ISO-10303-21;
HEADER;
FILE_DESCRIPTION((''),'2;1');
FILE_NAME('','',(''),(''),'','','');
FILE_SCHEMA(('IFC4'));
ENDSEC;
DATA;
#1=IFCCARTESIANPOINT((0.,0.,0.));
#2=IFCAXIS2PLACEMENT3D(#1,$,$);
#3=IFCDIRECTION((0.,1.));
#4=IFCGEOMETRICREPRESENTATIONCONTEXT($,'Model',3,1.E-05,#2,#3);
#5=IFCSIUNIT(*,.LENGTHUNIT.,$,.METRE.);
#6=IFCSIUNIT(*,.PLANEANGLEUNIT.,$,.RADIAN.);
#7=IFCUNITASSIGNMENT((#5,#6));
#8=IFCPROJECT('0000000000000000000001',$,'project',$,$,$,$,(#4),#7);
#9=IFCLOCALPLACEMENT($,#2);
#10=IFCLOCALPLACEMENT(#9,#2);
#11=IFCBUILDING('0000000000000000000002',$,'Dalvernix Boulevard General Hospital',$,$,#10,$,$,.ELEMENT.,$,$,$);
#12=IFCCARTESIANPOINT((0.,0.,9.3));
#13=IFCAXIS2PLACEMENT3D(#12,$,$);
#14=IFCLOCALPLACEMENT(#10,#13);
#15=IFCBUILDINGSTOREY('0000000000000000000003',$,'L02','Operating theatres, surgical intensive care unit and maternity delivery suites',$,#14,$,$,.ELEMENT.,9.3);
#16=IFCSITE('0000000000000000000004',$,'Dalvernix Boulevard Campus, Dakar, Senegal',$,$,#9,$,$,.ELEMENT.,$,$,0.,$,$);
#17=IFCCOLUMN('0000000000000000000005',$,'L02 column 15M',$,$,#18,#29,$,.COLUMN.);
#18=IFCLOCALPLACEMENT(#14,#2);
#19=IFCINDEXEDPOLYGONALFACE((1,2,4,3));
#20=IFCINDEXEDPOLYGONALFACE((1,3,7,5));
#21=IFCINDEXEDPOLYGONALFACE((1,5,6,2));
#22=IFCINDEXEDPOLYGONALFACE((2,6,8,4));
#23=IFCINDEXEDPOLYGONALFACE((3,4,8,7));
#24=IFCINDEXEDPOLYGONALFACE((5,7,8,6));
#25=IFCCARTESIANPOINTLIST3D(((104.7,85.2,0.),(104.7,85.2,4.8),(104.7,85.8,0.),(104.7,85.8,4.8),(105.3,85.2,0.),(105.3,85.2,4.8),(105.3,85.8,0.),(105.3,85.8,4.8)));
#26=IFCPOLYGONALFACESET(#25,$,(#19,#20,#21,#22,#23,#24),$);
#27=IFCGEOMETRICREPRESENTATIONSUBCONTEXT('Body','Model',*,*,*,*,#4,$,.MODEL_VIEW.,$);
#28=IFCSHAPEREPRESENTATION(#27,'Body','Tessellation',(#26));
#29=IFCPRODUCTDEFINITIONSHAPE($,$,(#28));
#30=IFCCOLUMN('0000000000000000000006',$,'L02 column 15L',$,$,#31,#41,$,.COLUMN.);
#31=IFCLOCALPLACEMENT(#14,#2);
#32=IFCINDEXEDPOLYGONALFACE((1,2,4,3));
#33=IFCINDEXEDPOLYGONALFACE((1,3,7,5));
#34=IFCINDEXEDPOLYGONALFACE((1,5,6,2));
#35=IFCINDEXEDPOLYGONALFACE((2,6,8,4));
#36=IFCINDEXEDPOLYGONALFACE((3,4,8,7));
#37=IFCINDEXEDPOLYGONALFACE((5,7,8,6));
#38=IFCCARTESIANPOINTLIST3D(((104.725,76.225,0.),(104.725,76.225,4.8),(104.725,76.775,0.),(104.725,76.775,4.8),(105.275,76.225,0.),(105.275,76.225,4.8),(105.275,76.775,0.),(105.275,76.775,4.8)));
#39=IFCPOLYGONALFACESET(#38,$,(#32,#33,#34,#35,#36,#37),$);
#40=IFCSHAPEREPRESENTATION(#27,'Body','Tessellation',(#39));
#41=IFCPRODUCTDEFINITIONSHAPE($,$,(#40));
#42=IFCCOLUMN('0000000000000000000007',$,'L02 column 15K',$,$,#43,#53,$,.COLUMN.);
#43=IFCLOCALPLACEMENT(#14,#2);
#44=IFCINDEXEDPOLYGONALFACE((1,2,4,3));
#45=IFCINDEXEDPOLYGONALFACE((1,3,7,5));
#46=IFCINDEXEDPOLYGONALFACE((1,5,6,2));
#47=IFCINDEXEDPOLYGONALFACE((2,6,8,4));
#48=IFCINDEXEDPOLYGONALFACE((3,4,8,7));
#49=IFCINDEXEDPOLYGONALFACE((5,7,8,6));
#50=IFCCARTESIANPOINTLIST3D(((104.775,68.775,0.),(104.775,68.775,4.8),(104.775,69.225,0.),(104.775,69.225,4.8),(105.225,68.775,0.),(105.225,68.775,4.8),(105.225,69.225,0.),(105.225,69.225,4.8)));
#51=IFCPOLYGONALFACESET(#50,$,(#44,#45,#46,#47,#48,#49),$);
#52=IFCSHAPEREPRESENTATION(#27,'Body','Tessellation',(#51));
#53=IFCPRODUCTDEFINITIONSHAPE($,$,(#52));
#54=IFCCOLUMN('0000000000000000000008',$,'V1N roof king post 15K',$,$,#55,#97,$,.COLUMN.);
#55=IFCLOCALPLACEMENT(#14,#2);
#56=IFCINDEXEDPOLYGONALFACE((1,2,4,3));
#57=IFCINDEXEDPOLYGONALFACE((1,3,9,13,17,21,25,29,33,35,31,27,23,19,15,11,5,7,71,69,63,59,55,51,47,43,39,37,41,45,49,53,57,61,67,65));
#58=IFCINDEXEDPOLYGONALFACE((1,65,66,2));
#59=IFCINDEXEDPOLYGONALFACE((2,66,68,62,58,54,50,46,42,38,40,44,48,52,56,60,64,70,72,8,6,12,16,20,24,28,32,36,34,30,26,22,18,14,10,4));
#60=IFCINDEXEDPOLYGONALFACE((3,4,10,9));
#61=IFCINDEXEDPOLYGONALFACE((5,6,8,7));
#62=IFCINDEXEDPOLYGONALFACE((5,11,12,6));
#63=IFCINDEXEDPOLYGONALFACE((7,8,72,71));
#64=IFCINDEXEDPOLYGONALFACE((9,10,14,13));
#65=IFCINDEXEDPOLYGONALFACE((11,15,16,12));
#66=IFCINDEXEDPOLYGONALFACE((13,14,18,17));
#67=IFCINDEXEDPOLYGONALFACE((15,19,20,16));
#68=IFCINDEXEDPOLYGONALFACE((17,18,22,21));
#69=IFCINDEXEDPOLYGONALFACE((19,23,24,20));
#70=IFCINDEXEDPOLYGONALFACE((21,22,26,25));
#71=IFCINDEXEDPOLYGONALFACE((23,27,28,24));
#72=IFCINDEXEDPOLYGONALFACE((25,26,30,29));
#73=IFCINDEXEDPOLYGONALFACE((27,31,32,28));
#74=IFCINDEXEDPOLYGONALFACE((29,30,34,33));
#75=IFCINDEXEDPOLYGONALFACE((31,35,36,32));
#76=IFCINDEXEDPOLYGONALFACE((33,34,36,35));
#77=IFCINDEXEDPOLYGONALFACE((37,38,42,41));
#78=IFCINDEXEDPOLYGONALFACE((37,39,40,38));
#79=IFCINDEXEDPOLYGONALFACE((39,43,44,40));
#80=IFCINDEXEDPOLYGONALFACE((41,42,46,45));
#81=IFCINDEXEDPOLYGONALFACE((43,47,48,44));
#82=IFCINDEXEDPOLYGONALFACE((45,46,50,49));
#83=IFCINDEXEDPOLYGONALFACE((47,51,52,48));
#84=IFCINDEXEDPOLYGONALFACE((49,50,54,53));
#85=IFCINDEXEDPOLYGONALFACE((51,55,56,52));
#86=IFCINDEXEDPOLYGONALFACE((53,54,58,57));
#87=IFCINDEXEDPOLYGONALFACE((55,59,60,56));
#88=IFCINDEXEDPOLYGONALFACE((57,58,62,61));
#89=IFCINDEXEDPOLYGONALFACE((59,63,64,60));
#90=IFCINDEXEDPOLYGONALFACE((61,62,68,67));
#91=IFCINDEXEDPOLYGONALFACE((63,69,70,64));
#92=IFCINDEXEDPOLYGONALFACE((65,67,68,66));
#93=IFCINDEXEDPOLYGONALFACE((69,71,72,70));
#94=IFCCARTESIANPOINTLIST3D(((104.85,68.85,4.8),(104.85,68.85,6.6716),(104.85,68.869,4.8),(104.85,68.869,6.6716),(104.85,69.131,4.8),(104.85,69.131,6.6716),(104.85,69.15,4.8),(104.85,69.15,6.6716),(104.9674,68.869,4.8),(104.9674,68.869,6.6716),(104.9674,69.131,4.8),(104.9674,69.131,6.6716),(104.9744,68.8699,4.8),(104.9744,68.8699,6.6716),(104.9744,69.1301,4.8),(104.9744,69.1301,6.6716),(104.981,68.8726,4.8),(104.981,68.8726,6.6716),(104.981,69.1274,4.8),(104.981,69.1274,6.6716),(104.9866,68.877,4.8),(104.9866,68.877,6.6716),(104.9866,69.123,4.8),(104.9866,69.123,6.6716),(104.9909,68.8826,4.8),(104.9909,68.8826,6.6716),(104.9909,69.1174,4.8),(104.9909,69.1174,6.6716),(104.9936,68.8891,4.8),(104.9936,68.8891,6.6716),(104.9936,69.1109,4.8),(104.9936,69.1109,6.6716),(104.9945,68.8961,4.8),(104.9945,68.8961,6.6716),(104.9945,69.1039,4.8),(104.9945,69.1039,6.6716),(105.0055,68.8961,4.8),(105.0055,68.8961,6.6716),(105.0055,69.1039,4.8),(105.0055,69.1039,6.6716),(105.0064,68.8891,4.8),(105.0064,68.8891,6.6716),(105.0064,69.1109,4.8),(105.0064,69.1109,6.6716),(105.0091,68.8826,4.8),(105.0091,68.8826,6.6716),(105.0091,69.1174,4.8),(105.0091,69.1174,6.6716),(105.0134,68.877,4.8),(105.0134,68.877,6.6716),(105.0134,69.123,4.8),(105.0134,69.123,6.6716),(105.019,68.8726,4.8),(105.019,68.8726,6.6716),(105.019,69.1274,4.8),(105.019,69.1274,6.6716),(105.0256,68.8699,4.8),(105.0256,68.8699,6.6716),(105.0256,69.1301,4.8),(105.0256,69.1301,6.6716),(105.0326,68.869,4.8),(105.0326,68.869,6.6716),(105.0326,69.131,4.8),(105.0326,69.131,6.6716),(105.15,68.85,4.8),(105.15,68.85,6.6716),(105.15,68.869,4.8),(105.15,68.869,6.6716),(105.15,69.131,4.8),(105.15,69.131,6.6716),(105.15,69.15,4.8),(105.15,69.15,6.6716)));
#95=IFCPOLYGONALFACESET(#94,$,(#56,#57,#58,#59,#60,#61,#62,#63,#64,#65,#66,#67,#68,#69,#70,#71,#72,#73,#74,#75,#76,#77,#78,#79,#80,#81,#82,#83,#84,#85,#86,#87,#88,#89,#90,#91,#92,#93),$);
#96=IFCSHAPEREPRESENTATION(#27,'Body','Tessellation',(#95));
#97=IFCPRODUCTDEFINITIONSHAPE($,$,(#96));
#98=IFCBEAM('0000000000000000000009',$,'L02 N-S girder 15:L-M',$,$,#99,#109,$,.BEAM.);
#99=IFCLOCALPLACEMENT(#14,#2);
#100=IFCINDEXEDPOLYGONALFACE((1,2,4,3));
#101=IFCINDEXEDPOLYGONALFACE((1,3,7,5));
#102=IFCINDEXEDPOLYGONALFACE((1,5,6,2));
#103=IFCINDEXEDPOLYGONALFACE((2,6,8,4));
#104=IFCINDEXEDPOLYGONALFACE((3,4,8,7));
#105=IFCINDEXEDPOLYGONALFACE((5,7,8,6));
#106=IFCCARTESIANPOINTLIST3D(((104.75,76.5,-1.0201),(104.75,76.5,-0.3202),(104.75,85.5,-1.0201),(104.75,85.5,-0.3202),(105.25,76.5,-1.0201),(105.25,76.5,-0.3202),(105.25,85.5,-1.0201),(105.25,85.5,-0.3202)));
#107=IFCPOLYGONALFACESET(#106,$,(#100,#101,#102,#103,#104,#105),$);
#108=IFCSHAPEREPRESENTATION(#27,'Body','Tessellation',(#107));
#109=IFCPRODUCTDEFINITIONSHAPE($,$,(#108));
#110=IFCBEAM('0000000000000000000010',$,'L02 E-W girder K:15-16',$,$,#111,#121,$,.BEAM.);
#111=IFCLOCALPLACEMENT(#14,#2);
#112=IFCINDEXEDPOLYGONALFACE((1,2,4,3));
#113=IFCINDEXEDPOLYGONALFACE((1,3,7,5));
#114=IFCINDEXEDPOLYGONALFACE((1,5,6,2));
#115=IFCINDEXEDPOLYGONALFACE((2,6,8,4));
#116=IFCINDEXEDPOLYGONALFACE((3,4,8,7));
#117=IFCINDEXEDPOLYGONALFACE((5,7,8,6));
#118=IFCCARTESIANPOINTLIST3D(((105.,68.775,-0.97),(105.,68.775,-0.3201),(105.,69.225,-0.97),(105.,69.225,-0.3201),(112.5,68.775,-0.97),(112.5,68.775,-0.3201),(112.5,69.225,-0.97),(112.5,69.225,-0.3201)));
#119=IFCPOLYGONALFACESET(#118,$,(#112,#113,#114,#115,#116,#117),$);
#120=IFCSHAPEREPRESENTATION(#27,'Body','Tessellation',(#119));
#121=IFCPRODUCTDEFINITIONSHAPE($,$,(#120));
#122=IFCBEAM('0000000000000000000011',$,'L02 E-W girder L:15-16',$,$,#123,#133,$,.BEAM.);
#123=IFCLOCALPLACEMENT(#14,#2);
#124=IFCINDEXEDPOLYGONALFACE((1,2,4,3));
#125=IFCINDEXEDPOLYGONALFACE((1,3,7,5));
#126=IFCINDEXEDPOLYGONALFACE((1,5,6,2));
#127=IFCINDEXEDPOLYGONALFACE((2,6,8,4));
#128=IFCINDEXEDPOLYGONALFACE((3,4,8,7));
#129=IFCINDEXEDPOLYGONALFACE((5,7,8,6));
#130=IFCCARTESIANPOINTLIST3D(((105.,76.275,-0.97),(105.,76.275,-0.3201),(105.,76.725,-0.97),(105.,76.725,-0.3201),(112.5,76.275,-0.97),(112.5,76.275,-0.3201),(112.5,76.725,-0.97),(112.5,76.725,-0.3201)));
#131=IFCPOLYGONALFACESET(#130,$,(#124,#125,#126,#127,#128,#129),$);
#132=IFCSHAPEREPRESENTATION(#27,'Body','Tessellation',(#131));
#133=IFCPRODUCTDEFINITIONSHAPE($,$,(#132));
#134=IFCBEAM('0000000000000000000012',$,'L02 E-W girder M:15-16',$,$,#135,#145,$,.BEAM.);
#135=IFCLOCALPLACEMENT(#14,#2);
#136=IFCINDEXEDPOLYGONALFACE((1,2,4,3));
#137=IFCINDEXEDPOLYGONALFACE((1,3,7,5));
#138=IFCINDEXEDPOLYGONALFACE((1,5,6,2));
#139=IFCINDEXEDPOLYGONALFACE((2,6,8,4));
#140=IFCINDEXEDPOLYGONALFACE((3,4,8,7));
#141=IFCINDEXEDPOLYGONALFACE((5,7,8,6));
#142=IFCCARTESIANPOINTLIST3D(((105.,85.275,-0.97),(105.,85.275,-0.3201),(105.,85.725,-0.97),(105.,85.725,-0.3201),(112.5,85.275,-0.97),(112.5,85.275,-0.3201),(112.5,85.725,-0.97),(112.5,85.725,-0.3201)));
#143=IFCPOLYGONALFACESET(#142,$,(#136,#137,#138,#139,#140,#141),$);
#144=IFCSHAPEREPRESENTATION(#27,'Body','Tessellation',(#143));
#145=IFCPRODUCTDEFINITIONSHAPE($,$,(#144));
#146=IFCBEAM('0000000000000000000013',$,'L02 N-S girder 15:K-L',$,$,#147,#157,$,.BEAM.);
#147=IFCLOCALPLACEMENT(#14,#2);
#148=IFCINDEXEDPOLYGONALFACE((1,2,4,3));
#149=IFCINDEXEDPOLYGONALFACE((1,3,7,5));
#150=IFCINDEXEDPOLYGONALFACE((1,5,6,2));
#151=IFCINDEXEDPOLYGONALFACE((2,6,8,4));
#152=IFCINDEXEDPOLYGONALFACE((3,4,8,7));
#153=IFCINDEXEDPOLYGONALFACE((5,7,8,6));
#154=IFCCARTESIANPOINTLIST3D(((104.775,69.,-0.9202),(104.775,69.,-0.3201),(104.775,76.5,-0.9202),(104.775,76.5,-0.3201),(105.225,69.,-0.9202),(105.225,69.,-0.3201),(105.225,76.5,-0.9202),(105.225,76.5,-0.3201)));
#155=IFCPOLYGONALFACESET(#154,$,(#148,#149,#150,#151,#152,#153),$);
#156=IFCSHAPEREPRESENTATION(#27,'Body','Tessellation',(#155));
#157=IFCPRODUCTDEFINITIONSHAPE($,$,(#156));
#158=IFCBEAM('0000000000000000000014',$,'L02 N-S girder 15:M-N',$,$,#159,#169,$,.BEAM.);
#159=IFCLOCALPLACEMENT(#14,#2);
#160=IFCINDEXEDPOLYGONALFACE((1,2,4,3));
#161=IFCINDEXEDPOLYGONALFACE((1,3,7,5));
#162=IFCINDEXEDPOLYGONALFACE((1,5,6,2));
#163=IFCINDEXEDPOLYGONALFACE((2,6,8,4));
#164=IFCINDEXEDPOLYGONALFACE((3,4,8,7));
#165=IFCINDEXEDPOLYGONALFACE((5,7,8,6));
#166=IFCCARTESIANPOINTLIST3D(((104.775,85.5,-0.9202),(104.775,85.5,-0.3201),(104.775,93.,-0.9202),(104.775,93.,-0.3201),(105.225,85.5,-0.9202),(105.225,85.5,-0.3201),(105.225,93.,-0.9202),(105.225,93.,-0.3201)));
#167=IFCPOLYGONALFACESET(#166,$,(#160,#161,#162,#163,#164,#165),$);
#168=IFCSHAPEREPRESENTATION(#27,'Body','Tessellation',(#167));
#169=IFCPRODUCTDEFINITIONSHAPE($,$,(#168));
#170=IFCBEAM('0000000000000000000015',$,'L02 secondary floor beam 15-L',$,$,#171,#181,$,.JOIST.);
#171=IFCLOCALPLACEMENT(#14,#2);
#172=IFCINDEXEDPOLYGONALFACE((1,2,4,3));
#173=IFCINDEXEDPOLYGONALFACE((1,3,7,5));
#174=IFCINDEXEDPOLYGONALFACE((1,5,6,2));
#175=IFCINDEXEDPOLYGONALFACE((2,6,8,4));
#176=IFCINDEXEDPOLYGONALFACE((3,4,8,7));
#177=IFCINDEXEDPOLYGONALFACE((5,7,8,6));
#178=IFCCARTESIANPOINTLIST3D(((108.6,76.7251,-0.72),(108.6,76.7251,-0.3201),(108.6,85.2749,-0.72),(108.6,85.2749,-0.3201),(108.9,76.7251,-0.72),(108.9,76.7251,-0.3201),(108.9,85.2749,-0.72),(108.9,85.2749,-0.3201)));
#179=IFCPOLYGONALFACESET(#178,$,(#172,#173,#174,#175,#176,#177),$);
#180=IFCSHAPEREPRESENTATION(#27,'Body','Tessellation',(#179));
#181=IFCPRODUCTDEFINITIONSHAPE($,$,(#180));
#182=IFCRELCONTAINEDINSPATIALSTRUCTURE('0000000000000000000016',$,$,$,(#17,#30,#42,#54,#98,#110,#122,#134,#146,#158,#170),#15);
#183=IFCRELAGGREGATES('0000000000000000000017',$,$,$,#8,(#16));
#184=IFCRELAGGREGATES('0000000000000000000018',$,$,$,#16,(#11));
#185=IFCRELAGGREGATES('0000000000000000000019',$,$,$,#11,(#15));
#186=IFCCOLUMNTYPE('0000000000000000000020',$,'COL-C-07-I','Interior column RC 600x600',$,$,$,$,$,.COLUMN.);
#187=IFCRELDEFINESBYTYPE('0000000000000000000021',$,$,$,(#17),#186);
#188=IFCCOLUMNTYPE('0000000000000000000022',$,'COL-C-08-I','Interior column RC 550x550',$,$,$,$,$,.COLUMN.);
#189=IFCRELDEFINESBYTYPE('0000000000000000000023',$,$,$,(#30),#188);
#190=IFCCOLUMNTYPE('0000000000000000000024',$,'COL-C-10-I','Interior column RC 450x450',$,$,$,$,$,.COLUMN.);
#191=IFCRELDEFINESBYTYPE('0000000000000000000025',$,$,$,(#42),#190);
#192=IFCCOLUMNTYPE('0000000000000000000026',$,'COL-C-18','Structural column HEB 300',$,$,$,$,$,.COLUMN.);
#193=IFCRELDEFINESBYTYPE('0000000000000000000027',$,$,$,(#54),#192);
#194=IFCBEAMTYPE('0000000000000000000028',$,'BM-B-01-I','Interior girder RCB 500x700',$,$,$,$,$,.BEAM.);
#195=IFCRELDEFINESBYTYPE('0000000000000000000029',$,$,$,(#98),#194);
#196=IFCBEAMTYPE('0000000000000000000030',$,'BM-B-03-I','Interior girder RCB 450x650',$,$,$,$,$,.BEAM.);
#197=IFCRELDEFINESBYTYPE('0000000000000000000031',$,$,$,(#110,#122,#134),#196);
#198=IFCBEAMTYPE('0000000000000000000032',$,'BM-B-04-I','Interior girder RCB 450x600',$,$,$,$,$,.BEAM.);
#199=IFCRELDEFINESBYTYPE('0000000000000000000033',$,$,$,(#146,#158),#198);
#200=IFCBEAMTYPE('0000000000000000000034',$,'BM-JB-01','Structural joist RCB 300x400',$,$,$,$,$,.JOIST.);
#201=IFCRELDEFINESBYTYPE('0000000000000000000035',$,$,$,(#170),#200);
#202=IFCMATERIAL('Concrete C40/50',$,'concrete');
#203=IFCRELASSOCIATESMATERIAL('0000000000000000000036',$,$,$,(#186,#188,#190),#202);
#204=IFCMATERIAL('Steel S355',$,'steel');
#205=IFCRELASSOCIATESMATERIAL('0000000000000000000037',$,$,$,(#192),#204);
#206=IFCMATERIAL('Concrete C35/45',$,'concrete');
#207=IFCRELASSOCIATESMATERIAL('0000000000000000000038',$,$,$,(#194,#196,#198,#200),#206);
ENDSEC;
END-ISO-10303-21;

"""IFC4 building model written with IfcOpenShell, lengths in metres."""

from ifc_helpers import new_model, si_unit, direction, frame, origin, origin_2d, place, context, subcontext, project, spatial, rectangle, i_section, extrude, material, material_profile, profile_set, type_object, element, save


model = new_model("IFC4")

# Units and contexts
model_context = context("Model", 3, precision=1e-05, world=origin(), true_north=direction((0.0, 1.0)))
body_context = subcontext(model_context, "Body", "Model", "MODEL_VIEW")
ifc_project = project(units=[si_unit("LENGTHUNIT", "METRE"), si_unit("PLANEANGLEUNIT", "RADIAN")], contexts=[model_context])

# Site, building, storey
site_placement = place(None, origin())
site = spatial("IfcSite", under=ifc_project, at=site_placement, Name="Dalvernix Boulevard Campus, Dakar, Senegal", CompositionType="ELEMENT", RefElevation=0.0)
building_placement = place(site_placement, origin())
building = spatial("IfcBuilding", under=site, at=building_placement, Name="Dalvernix Boulevard General Hospital", CompositionType="ELEMENT")
storey_placement = place(building_placement, frame((0.0, 0.0, 9.3)))
storey = spatial("IfcBuildingStorey", under=building, at=storey_placement, Name="L02", Description="Operating theatres, surgical intensive care unit and maternity delivery suites", CompositionType="ELEMENT", Elevation=9.3)

# Columns
ifc_material_1 = material(Name="Concrete C40/50", Category="concrete")
ifc_material_profile_1 = material_profile(ifc_material_1, rectangle(XDim=0.6001, YDim=0.6001, at=origin_2d()), Name="RC 600x600")
ifc_profile_set_1 = profile_set([ifc_material_profile_1], Name="Concrete C40/50")
column_type_1 = type_object("IfcColumnType", Name="COL-C-07-I", Description="Interior column RC 600x600", PredefinedType="COLUMN", material=ifc_profile_set_1)
column_1_placement = place(storey_placement, frame((105.0, 85.5, 0.0), z_axis=(0.0, 0.0, 1.0), x_axis=(1.0, 0.0, 0.0)))
element("IfcColumn", 1, at=column_1_placement, inside=storey, type_object=column_type_1, Name="L02 column 15M", PredefinedType="COLUMN", context=body_context, shape_type="SweptSolid", body=[
    extrude(rectangle(XDim=0.6001, YDim=0.6001, at=origin_2d()), origin(), (0.0, 0.0, 1.0), 4.8),
])
ifc_material_profile_2 = material_profile(ifc_material_1, rectangle(XDim=0.55, YDim=0.55, at=origin_2d()), Name="RC 550x550")
ifc_profile_set_2 = profile_set([ifc_material_profile_2], Name="Concrete C40/50")
column_type_2 = type_object("IfcColumnType", Name="COL-C-08-I", Description="Interior column RC 550x550", PredefinedType="COLUMN", material=ifc_profile_set_2)
column_2_placement = place(storey_placement, frame((105.0, 76.5, 0.0), z_axis=(0.0, 0.0, 1.0), x_axis=(1.0, 0.0, 0.0)))
element("IfcColumn", 2, at=column_2_placement, inside=storey, type_object=column_type_2, Name="L02 column 15L", PredefinedType="COLUMN", context=body_context, shape_type="SweptSolid", body=[
    extrude(rectangle(XDim=0.55, YDim=0.55, at=origin_2d()), origin(), (0.0, 0.0, 1.0), 4.8),
])
ifc_material_profile_3 = material_profile(ifc_material_1, rectangle(XDim=0.45, YDim=0.45, at=origin_2d()), Name="RC 450x450")
ifc_profile_set_3 = profile_set([ifc_material_profile_3], Name="Concrete C40/50")
column_type_3 = type_object("IfcColumnType", Name="COL-C-10-I", Description="Interior column RC 450x450", PredefinedType="COLUMN", material=ifc_profile_set_3)
column_3_placement = place(storey_placement, frame((105.0, 69.0, 0.0), z_axis=(0.0, 0.0, 1.0), x_axis=(1.0, 0.0, 0.0)))
element("IfcColumn", 3, at=column_3_placement, inside=storey, type_object=column_type_3, Name="L02 column 15K", PredefinedType="COLUMN", context=body_context, shape_type="SweptSolid", body=[
    extrude(rectangle(XDim=0.45, YDim=0.45, at=origin_2d()), origin(), (0.0, 0.0, 1.0), 4.8),
])
ifc_material_2 = material(Name="Steel S355", Category="steel")
ifc_material_profile_4 = material_profile(ifc_material_2, i_section(OverallWidth=0.3, OverallDepth=0.3, WebThickness=0.011, FlangeThickness=0.019, FilletRadius=0.0271, at=origin_2d()), Name="HEB 300")
ifc_profile_set_4 = profile_set([ifc_material_profile_4], Name="Steel S355")
column_type_4 = type_object("IfcColumnType", Name="COL-C-18", Description="Structural column HEB 300", PredefinedType="COLUMN", material=ifc_profile_set_4)
column_4_placement = place(storey_placement, frame((105.0, 69.0, 4.8), z_axis=(0.0, 0.0, 1.0), x_axis=(1.0, 0.0, 0.0)))
element("IfcColumn", 4, at=column_4_placement, inside=storey, type_object=column_type_4, Name="V1N roof king post 15K", PredefinedType="COLUMN", context=body_context, shape_type="SweptSolid", body=[
    extrude(i_section(OverallWidth=0.3, OverallDepth=0.3, WebThickness=0.011, FlangeThickness=0.019, FilletRadius=0.0271, at=origin_2d()), origin(), (0.0, 0.0, 1.0), 1.8716),
])

# Beams
ifc_material_3 = material(Name="Concrete C35/45", Category="concrete")
ifc_material_profile_5 = material_profile(ifc_material_3, rectangle(XDim=0.5, YDim=0.7, at=origin_2d()), Name="RCB 500x700")
ifc_profile_set_5 = profile_set([ifc_material_profile_5], Name="Concrete C35/45")
beam_type_1 = type_object("IfcBeamType", Name="BM-B-01-I", Description="Interior girder RCB 500x700", PredefinedType="BEAM", material=ifc_profile_set_5)
beam_1_placement = place(storey_placement, frame((105.0, 76.5, -0.6702), z_axis=(0.0, 1.0, 0.0), x_axis=(-1.0, 0.0, 0.0)))
element("IfcBeam", 5, at=beam_1_placement, inside=storey, type_object=beam_type_1, Name="L02 N-S girder 15:L-M", PredefinedType="BEAM", context=body_context, shape_type="SweptSolid", body=[
    extrude(rectangle(XDim=0.5, YDim=0.7, at=origin_2d()), origin(), (0.0, 0.0, 1.0), 9.0),
])
ifc_material_profile_6 = material_profile(ifc_material_3, rectangle(XDim=0.45, YDim=0.6499, at=origin_2d()), Name="RCB 450x650")
ifc_profile_set_6 = profile_set([ifc_material_profile_6], Name="Concrete C35/45")
beam_type_2 = type_object("IfcBeamType", Name="BM-B-03-I", Description="Interior girder RCB 450x650", PredefinedType="BEAM", material=ifc_profile_set_6)
for number, where, z_axis, x_axis, name in (
    (6, (105.0, 69.0, -0.645), (1.0, 0.0, 0.0), (0.0, 1.0, 0.0), "L02 E-W girder K:15-16"),
    (7, (105.0, 76.5, -0.645), (1.0, 0.0, 0.0), (0.0, 1.0, 0.0), "L02 E-W girder L:15-16"),
    (8, (105.0, 85.5, -0.645), (1.0, 0.0, 0.0), (0.0, 1.0, 0.0), "L02 E-W girder M:15-16"),
):
    element("IfcBeam", number, at=place(storey_placement, frame(where, z_axis=z_axis, x_axis=x_axis)), inside=storey, type_object=beam_type_2, Name=name, PredefinedType="BEAM", context=body_context, shape_type="SweptSolid", body=[
        extrude(rectangle(XDim=0.45, YDim=0.6499, at=origin_2d()), origin(), (0.0, 0.0, 1.0), 7.5),
    ])
ifc_material_profile_7 = material_profile(ifc_material_3, rectangle(XDim=0.45, YDim=0.6001, at=origin_2d()), Name="RCB 450x600")
ifc_profile_set_7 = profile_set([ifc_material_profile_7], Name="Concrete C35/45")
beam_type_3 = type_object("IfcBeamType", Name="BM-B-04-I", Description="Interior girder RCB 450x600", PredefinedType="BEAM", material=ifc_profile_set_7)
for number, where, z_axis, x_axis, name in (
    (9, (105.0, 69.0, -0.6201), (0.0, 1.0, 0.0), (-1.0, 0.0, 0.0), "L02 N-S girder 15:K-L"),
    (10, (105.0, 85.5, -0.6201), (0.0, 1.0, 0.0), (-1.0, 0.0, 0.0), "L02 N-S girder 15:M-N"),
):
    element("IfcBeam", number, at=place(storey_placement, frame(where, z_axis=z_axis, x_axis=x_axis)), inside=storey, type_object=beam_type_3, Name=name, PredefinedType="BEAM", context=body_context, shape_type="SweptSolid", body=[
        extrude(rectangle(XDim=0.45, YDim=0.6001, at=origin_2d()), origin(), (0.0, 0.0, 1.0), 7.5),
    ])
ifc_material_profile_8 = material_profile(ifc_material_3, rectangle(XDim=0.3, YDim=0.3999, at=origin_2d()), Name="RCB 300x400")
ifc_profile_set_8 = profile_set([ifc_material_profile_8], Name="Concrete C35/45")
beam_type_4 = type_object("IfcBeamType", Name="BM-JB-01", Description="Structural joist RCB 300x400", PredefinedType="JOIST", material=ifc_profile_set_8)
beam_2_placement = place(storey_placement, frame((108.75, 76.7251, -0.52), z_axis=(0.0, 1.0, 0.0), x_axis=(-1.0, 0.0, 0.0)))
element("IfcBeam", 11, at=beam_2_placement, inside=storey, type_object=beam_type_4, Name="L02 secondary floor beam 15-L", PredefinedType="JOIST", context=body_context, shape_type="SweptSolid", body=[
    extrude(rectangle(XDim=0.3, YDim=0.3999, at=origin_2d()), origin(), (0.0, 0.0, 1.0), 8.5498),
])

save(model, "model.ifc")
